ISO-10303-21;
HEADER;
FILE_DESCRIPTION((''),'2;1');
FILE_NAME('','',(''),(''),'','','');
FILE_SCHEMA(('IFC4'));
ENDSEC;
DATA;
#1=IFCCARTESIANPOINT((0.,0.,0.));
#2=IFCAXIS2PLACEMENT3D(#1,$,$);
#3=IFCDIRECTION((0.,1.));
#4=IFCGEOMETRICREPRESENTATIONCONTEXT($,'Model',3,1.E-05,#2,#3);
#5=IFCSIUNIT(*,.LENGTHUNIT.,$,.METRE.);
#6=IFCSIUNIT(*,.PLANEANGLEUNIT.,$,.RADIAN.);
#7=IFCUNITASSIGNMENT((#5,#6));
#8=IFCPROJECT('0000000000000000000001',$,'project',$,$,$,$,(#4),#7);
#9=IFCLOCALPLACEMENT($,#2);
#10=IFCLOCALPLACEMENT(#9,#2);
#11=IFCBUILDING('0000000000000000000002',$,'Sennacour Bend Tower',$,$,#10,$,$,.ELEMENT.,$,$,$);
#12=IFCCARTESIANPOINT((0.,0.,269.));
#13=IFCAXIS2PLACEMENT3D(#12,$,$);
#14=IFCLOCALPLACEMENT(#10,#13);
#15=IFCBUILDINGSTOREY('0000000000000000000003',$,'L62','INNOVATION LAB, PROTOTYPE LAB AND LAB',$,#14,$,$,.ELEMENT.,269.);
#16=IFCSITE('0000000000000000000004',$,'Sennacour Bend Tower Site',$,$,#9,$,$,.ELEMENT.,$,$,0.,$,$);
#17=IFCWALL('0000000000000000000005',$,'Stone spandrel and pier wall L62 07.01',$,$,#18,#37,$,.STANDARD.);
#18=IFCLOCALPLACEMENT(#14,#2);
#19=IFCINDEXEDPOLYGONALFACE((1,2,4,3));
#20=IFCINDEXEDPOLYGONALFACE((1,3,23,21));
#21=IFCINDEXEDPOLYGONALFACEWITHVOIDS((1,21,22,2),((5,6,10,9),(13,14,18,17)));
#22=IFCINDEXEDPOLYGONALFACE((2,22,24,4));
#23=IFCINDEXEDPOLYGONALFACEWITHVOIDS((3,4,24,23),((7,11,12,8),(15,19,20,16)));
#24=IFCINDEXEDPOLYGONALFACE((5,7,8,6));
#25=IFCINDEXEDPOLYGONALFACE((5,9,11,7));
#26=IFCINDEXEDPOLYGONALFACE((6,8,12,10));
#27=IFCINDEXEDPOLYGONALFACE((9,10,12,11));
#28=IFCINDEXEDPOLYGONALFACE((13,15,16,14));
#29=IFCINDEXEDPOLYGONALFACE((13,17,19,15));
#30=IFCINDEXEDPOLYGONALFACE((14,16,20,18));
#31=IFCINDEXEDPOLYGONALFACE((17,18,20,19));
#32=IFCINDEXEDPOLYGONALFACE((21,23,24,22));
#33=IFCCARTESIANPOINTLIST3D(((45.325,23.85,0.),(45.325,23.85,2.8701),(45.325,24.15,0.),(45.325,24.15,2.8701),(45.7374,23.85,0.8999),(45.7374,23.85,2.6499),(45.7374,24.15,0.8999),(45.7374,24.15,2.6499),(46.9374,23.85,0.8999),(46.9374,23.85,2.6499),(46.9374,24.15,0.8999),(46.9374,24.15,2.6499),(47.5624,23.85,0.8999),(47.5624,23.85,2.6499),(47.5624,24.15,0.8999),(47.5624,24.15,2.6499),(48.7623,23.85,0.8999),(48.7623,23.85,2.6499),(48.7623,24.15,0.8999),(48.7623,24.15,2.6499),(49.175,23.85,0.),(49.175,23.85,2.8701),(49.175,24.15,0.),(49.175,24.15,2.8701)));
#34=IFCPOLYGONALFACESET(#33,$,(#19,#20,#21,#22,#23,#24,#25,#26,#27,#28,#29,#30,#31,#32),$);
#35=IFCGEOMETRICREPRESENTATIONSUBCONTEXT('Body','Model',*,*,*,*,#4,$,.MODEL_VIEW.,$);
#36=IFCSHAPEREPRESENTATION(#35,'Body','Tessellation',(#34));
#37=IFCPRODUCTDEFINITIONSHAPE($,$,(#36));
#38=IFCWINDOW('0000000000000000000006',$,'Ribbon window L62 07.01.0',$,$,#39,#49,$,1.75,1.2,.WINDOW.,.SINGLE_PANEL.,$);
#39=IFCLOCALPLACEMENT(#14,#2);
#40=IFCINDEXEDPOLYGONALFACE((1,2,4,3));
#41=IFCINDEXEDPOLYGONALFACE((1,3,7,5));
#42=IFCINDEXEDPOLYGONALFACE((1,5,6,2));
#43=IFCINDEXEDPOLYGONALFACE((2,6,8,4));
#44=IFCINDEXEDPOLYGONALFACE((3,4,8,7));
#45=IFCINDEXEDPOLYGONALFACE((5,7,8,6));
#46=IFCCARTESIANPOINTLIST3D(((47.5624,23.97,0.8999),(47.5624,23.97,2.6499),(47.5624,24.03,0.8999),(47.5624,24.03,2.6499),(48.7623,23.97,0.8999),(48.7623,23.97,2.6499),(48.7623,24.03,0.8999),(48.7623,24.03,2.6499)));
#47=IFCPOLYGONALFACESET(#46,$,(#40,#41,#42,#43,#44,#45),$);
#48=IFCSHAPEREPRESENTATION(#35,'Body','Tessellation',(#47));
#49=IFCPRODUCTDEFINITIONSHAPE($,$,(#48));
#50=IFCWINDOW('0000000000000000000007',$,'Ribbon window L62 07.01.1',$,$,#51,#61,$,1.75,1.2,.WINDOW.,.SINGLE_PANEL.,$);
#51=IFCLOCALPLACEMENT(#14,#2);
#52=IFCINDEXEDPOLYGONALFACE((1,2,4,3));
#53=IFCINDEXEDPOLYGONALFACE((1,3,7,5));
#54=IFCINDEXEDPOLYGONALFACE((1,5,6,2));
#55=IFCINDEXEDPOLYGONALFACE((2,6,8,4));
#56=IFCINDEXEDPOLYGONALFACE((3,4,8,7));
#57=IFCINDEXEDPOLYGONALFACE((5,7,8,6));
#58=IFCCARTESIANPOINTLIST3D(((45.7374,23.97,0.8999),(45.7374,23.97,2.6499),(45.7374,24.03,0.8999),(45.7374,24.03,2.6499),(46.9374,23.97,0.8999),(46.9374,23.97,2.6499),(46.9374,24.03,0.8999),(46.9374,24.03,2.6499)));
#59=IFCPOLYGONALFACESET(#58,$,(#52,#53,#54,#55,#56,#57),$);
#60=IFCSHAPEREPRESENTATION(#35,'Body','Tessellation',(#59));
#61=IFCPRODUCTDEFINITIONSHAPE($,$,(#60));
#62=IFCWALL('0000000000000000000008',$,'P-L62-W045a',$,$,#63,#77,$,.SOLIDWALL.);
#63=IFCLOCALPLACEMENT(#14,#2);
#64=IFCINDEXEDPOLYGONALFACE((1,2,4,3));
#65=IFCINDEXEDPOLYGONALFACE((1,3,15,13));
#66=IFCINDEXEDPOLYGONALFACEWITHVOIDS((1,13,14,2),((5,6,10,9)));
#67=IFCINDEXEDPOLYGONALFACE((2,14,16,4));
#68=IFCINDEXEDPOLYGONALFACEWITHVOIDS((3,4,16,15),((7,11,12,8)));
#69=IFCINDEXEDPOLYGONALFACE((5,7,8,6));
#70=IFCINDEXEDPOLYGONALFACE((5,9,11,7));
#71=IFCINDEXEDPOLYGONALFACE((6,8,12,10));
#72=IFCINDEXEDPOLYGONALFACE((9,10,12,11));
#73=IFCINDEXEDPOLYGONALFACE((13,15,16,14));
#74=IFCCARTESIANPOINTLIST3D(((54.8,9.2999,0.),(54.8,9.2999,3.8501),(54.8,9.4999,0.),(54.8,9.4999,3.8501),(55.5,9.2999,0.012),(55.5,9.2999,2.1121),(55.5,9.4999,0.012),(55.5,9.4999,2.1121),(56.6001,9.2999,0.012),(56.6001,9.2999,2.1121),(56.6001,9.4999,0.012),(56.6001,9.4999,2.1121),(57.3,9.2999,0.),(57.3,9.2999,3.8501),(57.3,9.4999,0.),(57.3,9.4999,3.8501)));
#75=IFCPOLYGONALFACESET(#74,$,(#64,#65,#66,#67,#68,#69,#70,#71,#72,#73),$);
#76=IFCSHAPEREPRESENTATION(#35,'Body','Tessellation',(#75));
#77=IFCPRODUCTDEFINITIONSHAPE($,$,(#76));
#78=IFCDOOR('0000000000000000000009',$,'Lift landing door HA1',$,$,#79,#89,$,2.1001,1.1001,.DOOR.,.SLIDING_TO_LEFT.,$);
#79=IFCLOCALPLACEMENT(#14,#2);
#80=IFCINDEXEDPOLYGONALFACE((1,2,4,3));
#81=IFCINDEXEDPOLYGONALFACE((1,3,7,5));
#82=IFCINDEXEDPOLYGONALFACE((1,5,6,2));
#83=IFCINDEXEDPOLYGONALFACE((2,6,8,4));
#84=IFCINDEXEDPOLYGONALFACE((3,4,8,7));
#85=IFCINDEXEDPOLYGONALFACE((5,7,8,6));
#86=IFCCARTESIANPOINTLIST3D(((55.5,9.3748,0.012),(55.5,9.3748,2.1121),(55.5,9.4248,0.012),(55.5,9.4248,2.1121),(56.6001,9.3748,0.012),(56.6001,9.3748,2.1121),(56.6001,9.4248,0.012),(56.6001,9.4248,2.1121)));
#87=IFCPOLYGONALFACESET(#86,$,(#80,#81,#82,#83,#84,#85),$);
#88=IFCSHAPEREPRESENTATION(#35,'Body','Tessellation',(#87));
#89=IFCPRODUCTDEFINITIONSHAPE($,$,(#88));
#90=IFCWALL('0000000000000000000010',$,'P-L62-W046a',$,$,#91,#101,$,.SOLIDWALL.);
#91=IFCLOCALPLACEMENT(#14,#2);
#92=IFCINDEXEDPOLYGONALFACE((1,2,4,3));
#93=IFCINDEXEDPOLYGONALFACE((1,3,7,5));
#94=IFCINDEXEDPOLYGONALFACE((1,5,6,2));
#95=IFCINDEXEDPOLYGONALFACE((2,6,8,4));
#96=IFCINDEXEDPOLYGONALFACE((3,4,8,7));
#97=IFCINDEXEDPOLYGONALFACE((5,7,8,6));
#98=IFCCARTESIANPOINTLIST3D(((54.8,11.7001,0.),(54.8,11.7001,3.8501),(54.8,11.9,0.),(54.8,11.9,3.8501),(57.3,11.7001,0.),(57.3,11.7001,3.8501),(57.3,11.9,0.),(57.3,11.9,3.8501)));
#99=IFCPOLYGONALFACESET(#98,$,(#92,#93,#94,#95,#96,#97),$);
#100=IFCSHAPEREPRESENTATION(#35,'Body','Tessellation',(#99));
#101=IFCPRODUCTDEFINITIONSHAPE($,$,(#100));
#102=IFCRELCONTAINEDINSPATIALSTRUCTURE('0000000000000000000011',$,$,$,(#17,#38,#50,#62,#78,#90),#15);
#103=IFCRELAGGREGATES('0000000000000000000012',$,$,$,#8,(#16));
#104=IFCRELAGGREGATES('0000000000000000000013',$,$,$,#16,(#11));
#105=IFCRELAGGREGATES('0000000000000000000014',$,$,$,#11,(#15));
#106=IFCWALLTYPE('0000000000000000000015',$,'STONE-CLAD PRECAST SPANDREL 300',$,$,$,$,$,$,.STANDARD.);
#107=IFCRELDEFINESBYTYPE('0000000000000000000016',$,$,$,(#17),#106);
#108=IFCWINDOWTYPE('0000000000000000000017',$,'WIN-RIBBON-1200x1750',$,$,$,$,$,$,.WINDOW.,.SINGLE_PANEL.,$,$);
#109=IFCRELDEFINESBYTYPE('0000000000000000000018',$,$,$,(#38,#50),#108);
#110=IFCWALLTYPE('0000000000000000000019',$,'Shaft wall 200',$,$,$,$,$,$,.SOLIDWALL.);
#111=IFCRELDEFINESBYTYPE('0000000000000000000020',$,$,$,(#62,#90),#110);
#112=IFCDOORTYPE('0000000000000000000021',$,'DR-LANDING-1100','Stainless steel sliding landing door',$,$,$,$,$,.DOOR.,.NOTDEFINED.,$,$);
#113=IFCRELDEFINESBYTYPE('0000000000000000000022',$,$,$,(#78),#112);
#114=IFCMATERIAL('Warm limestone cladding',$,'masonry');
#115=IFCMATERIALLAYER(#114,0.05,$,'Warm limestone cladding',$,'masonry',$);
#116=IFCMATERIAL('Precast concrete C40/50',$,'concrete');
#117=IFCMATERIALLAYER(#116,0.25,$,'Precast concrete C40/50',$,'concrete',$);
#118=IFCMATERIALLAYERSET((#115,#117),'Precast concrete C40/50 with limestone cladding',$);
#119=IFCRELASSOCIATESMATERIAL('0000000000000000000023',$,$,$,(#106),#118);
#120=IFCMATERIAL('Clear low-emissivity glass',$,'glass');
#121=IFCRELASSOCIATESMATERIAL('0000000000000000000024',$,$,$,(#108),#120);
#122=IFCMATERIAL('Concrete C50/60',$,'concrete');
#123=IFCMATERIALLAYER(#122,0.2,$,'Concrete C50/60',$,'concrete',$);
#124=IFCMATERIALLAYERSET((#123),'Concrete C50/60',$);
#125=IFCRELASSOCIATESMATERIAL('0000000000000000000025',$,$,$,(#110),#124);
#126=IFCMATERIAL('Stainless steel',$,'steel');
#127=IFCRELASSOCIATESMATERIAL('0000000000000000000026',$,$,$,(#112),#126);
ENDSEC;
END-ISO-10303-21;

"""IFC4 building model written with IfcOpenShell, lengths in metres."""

from ifc_helpers import new_model, si_unit, direction, frame, frame_2d, origin, place, context, subcontext, project, spatial, rectangle, extrude, material, layer, layer_set, type_object, element, fill, save


model = new_model("IFC4")

# Units and contexts
model_context = context("Model", 3, precision=1e-05, world=origin(), true_north=direction((0.0, 1.0)))
body_context = subcontext(model_context, "Body", "Model", "MODEL_VIEW")
ifc_project = project(units=[si_unit("LENGTHUNIT", "METRE"), si_unit("PLANEANGLEUNIT", "RADIAN")], contexts=[model_context])

# Site, building, storey
site_placement = place(None, origin())
site = spatial("IfcSite", under=ifc_project, at=site_placement, Name="Sennacour Bend Tower Site", CompositionType="ELEMENT", RefElevation=0.0)
building_placement = place(site_placement, origin())
building = spatial("IfcBuilding", under=site, at=building_placement, Name="Sennacour Bend Tower", CompositionType="ELEMENT")
storey_placement = place(building_placement, frame((0.0, 0.0, 269.0)))
storey = spatial("IfcBuildingStorey", under=building, at=storey_placement, Name="L62", Description="INNOVATION LAB, PROTOTYPE LAB AND LAB", CompositionType="ELEMENT", Elevation=269.0)

# Shared definitions
ifc_material_1 = material(Name="Concrete C50/60", Category="concrete")

# Shared definitions
ifc_material_2 = material(Name="Warm limestone cladding", Category="masonry")
ifc_layer_1 = layer(ifc_material_2, 0.05, Name="Warm limestone cladding", Category="masonry")
ifc_material_3 = material(Name="Precast concrete C40/50", Category="concrete")
ifc_layer_2 = layer(ifc_material_3, 0.25, Name="Precast concrete C40/50", Category="concrete")
ifc_layer_set_1 = layer_set([ifc_layer_1, ifc_layer_2], Name="Precast concrete C40/50 with limestone cladding")
wall_type_1 = type_object("IfcWallType", Name="STONE-CLAD PRECAST SPANDREL 300", PredefinedType="STANDARD", material=ifc_layer_set_1)

# Wall, openings, windows
ifc_material_4 = material(Name="Clear low-emissivity glass", Category="glass")
window_type = type_object("IfcWindowType", Name="WIN-RIBBON-1200x1750", PartitioningType="SINGLE_PANEL", PredefinedType="WINDOW", material=ifc_material_4)
wall_1_placement = place(storey_placement, frame((49.175, 24.0, 0.0), z_axis=(0.0, 0.0, 1.0), x_axis=(-1.0, 0.0, 0.0)))
wall_1 = element("IfcWall", 1, at=wall_1_placement, inside=storey, type_object=wall_type_1, Name="Stone spandrel and pier wall L62 07.01", PredefinedType="STANDARD", context=body_context, shape_type="SweptSolid", body=[
    extrude(rectangle(XDim=3.8501, YDim=0.3, at=frame_2d((1.925, 0.0))), origin(), (0.0, 0.0, 1.0), 2.8701),
])
opening_1_placement = place(wall_1_placement, frame((0.4126, 0.0, 0.8999)))
opening_1 = element("IfcOpeningElement", 2, at=opening_1_placement, cuts=wall_1, PredefinedType="OPENING", context=body_context, shape_type="SweptSolid", body=[
    extrude(rectangle(XDim=1.2, YDim=1.75, at=frame_2d((0.6001, 0.875))), frame((0.0, 0.1602, 0.0), z_axis=(0.0, -1.0, 0.0), x_axis=(1.0, 0.0, 0.0)), (0.0, 0.0, 1.0), 0.3201),
])
opening_2_placement = place(wall_1_placement, frame((2.2375, 0.0, 0.8999)))
opening_2 = element("IfcOpeningElement", 3, at=opening_2_placement, cuts=wall_1, PredefinedType="OPENING", context=body_context, shape_type="SweptSolid", body=[
    extrude(rectangle(XDim=1.2, YDim=1.75, at=frame_2d((0.6001, 0.875))), frame((0.0, 0.1602, 0.0), z_axis=(0.0, -1.0, 0.0), x_axis=(1.0, 0.0, 0.0)), (0.0, 0.0, 1.0), 0.3201),
])
window_1_placement = place(opening_1_placement, origin())
window_1 = element("IfcWindow", 4, at=window_1_placement, inside=storey, type_object=window_type, Name="Ribbon window L62 07.01.0", OverallHeight=1.75, OverallWidth=1.2, PartitioningType="SINGLE_PANEL", PredefinedType="WINDOW", context=body_context, shape_type="SweptSolid", body=[
    extrude(rectangle(XDim=1.2, YDim=1.75, at=frame_2d((0.6001, 0.875))), frame((0.0, 0.03, 0.0), z_axis=(0.0, -1.0, 0.0), x_axis=(1.0, 0.0, 0.0)), (0.0, 0.0, 1.0), 0.0601),
])
fill(opening_1, window_1)
window_2_placement = place(opening_2_placement, origin())
window_2 = element("IfcWindow", 5, at=window_2_placement, inside=storey, type_object=window_type, Name="Ribbon window L62 07.01.1", OverallHeight=1.75, OverallWidth=1.2, PartitioningType="SINGLE_PANEL", PredefinedType="WINDOW", context=body_context, shape_type="SweptSolid", body=[
    extrude(rectangle(XDim=1.2, YDim=1.75, at=frame_2d((0.6001, 0.875))), frame((0.0, 0.03, 0.0), z_axis=(0.0, -1.0, 0.0), x_axis=(1.0, 0.0, 0.0)), (0.0, 0.0, 1.0), 0.0601),
])
fill(opening_2, window_2)

# Wall, opening, door
ifc_layer_3 = layer(ifc_material_1, 0.2, Name="Concrete C50/60", Category="concrete")
ifc_layer_set_2 = layer_set([ifc_layer_3], Name="Concrete C50/60")
wall_type_2 = type_object("IfcWallType", Name="Shaft wall 200", PredefinedType="SOLIDWALL", material=ifc_layer_set_2)
wall_2_placement = place(storey_placement, frame((54.8, 9.3999, 0.0), z_axis=(0.0, 0.0, 1.0), x_axis=(1.0, 0.0, 0.0)))
wall_2 = element("IfcWall", 6, at=wall_2_placement, inside=storey, type_object=wall_type_2, Name="P-L62-W045a", PredefinedType="SOLIDWALL", context=body_context, shape_type="SweptSolid", body=[
    extrude(rectangle(XDim=2.5, YDim=0.2, at=frame_2d((1.25, 0.0))), origin(), (0.0, 0.0, 1.0), 3.8501),
])
opening_3_placement = place(wall_2_placement, frame((0.7, 0.0, 0.012)))
opening_3 = element("IfcOpeningElement", 7, at=opening_3_placement, cuts=wall_2, PredefinedType="OPENING", context=body_context, shape_type="SweptSolid", body=[
    extrude(rectangle(XDim=1.1001, YDim=2.1001, at=frame_2d((0.55, 1.05))), frame((0.0, 0.1099, 0.0), z_axis=(0.0, -1.0, 0.0), x_axis=(1.0, 0.0, 0.0)), (0.0, 0.0, 1.0), 0.22),
])
ifc_material_5 = material(Name="Stainless steel", Category="steel")
door_type_1 = type_object("IfcDoorType", Name="DR-LANDING-1100", Description="Stainless steel sliding landing door", OperationType="NOTDEFINED", PredefinedType="DOOR", material=ifc_material_5)
door_1_placement = place(opening_3_placement, origin())
door_1 = element("IfcDoor", 8, at=door_1_placement, inside=storey, type_object=door_type_1, Name="Lift landing door HA1", OperationType="SLIDING_TO_LEFT", OverallHeight=2.1001, OverallWidth=1.1001, PredefinedType="DOOR", context=body_context, shape_type="SweptSolid", body=[
    extrude(rectangle(XDim=1.1001, YDim=2.1001, at=frame_2d((0.55, 1.05))), frame((0.0, 0.0249, 0.0), z_axis=(0.0, -1.0, 0.0), x_axis=(1.0, 0.0, 0.0)), (0.0, 0.0, 1.0), 0.05),
])
fill(opening_3, door_1)

# Wall
wall_3_placement = place(storey_placement, frame((54.8, 11.8, 0.0), z_axis=(0.0, 0.0, 1.0), x_axis=(1.0, 0.0, 0.0)))
element("IfcWall", 9, at=wall_3_placement, inside=storey, type_object=wall_type_2, Name="P-L62-W046a", PredefinedType="SOLIDWALL", context=body_context, shape_type="SweptSolid", body=[
    extrude(rectangle(XDim=2.5, YDim=0.2, at=frame_2d((1.25, 0.0))), origin(), (0.0, 0.0, 1.0), 3.8501),
])

save(model, "model.ifc")
